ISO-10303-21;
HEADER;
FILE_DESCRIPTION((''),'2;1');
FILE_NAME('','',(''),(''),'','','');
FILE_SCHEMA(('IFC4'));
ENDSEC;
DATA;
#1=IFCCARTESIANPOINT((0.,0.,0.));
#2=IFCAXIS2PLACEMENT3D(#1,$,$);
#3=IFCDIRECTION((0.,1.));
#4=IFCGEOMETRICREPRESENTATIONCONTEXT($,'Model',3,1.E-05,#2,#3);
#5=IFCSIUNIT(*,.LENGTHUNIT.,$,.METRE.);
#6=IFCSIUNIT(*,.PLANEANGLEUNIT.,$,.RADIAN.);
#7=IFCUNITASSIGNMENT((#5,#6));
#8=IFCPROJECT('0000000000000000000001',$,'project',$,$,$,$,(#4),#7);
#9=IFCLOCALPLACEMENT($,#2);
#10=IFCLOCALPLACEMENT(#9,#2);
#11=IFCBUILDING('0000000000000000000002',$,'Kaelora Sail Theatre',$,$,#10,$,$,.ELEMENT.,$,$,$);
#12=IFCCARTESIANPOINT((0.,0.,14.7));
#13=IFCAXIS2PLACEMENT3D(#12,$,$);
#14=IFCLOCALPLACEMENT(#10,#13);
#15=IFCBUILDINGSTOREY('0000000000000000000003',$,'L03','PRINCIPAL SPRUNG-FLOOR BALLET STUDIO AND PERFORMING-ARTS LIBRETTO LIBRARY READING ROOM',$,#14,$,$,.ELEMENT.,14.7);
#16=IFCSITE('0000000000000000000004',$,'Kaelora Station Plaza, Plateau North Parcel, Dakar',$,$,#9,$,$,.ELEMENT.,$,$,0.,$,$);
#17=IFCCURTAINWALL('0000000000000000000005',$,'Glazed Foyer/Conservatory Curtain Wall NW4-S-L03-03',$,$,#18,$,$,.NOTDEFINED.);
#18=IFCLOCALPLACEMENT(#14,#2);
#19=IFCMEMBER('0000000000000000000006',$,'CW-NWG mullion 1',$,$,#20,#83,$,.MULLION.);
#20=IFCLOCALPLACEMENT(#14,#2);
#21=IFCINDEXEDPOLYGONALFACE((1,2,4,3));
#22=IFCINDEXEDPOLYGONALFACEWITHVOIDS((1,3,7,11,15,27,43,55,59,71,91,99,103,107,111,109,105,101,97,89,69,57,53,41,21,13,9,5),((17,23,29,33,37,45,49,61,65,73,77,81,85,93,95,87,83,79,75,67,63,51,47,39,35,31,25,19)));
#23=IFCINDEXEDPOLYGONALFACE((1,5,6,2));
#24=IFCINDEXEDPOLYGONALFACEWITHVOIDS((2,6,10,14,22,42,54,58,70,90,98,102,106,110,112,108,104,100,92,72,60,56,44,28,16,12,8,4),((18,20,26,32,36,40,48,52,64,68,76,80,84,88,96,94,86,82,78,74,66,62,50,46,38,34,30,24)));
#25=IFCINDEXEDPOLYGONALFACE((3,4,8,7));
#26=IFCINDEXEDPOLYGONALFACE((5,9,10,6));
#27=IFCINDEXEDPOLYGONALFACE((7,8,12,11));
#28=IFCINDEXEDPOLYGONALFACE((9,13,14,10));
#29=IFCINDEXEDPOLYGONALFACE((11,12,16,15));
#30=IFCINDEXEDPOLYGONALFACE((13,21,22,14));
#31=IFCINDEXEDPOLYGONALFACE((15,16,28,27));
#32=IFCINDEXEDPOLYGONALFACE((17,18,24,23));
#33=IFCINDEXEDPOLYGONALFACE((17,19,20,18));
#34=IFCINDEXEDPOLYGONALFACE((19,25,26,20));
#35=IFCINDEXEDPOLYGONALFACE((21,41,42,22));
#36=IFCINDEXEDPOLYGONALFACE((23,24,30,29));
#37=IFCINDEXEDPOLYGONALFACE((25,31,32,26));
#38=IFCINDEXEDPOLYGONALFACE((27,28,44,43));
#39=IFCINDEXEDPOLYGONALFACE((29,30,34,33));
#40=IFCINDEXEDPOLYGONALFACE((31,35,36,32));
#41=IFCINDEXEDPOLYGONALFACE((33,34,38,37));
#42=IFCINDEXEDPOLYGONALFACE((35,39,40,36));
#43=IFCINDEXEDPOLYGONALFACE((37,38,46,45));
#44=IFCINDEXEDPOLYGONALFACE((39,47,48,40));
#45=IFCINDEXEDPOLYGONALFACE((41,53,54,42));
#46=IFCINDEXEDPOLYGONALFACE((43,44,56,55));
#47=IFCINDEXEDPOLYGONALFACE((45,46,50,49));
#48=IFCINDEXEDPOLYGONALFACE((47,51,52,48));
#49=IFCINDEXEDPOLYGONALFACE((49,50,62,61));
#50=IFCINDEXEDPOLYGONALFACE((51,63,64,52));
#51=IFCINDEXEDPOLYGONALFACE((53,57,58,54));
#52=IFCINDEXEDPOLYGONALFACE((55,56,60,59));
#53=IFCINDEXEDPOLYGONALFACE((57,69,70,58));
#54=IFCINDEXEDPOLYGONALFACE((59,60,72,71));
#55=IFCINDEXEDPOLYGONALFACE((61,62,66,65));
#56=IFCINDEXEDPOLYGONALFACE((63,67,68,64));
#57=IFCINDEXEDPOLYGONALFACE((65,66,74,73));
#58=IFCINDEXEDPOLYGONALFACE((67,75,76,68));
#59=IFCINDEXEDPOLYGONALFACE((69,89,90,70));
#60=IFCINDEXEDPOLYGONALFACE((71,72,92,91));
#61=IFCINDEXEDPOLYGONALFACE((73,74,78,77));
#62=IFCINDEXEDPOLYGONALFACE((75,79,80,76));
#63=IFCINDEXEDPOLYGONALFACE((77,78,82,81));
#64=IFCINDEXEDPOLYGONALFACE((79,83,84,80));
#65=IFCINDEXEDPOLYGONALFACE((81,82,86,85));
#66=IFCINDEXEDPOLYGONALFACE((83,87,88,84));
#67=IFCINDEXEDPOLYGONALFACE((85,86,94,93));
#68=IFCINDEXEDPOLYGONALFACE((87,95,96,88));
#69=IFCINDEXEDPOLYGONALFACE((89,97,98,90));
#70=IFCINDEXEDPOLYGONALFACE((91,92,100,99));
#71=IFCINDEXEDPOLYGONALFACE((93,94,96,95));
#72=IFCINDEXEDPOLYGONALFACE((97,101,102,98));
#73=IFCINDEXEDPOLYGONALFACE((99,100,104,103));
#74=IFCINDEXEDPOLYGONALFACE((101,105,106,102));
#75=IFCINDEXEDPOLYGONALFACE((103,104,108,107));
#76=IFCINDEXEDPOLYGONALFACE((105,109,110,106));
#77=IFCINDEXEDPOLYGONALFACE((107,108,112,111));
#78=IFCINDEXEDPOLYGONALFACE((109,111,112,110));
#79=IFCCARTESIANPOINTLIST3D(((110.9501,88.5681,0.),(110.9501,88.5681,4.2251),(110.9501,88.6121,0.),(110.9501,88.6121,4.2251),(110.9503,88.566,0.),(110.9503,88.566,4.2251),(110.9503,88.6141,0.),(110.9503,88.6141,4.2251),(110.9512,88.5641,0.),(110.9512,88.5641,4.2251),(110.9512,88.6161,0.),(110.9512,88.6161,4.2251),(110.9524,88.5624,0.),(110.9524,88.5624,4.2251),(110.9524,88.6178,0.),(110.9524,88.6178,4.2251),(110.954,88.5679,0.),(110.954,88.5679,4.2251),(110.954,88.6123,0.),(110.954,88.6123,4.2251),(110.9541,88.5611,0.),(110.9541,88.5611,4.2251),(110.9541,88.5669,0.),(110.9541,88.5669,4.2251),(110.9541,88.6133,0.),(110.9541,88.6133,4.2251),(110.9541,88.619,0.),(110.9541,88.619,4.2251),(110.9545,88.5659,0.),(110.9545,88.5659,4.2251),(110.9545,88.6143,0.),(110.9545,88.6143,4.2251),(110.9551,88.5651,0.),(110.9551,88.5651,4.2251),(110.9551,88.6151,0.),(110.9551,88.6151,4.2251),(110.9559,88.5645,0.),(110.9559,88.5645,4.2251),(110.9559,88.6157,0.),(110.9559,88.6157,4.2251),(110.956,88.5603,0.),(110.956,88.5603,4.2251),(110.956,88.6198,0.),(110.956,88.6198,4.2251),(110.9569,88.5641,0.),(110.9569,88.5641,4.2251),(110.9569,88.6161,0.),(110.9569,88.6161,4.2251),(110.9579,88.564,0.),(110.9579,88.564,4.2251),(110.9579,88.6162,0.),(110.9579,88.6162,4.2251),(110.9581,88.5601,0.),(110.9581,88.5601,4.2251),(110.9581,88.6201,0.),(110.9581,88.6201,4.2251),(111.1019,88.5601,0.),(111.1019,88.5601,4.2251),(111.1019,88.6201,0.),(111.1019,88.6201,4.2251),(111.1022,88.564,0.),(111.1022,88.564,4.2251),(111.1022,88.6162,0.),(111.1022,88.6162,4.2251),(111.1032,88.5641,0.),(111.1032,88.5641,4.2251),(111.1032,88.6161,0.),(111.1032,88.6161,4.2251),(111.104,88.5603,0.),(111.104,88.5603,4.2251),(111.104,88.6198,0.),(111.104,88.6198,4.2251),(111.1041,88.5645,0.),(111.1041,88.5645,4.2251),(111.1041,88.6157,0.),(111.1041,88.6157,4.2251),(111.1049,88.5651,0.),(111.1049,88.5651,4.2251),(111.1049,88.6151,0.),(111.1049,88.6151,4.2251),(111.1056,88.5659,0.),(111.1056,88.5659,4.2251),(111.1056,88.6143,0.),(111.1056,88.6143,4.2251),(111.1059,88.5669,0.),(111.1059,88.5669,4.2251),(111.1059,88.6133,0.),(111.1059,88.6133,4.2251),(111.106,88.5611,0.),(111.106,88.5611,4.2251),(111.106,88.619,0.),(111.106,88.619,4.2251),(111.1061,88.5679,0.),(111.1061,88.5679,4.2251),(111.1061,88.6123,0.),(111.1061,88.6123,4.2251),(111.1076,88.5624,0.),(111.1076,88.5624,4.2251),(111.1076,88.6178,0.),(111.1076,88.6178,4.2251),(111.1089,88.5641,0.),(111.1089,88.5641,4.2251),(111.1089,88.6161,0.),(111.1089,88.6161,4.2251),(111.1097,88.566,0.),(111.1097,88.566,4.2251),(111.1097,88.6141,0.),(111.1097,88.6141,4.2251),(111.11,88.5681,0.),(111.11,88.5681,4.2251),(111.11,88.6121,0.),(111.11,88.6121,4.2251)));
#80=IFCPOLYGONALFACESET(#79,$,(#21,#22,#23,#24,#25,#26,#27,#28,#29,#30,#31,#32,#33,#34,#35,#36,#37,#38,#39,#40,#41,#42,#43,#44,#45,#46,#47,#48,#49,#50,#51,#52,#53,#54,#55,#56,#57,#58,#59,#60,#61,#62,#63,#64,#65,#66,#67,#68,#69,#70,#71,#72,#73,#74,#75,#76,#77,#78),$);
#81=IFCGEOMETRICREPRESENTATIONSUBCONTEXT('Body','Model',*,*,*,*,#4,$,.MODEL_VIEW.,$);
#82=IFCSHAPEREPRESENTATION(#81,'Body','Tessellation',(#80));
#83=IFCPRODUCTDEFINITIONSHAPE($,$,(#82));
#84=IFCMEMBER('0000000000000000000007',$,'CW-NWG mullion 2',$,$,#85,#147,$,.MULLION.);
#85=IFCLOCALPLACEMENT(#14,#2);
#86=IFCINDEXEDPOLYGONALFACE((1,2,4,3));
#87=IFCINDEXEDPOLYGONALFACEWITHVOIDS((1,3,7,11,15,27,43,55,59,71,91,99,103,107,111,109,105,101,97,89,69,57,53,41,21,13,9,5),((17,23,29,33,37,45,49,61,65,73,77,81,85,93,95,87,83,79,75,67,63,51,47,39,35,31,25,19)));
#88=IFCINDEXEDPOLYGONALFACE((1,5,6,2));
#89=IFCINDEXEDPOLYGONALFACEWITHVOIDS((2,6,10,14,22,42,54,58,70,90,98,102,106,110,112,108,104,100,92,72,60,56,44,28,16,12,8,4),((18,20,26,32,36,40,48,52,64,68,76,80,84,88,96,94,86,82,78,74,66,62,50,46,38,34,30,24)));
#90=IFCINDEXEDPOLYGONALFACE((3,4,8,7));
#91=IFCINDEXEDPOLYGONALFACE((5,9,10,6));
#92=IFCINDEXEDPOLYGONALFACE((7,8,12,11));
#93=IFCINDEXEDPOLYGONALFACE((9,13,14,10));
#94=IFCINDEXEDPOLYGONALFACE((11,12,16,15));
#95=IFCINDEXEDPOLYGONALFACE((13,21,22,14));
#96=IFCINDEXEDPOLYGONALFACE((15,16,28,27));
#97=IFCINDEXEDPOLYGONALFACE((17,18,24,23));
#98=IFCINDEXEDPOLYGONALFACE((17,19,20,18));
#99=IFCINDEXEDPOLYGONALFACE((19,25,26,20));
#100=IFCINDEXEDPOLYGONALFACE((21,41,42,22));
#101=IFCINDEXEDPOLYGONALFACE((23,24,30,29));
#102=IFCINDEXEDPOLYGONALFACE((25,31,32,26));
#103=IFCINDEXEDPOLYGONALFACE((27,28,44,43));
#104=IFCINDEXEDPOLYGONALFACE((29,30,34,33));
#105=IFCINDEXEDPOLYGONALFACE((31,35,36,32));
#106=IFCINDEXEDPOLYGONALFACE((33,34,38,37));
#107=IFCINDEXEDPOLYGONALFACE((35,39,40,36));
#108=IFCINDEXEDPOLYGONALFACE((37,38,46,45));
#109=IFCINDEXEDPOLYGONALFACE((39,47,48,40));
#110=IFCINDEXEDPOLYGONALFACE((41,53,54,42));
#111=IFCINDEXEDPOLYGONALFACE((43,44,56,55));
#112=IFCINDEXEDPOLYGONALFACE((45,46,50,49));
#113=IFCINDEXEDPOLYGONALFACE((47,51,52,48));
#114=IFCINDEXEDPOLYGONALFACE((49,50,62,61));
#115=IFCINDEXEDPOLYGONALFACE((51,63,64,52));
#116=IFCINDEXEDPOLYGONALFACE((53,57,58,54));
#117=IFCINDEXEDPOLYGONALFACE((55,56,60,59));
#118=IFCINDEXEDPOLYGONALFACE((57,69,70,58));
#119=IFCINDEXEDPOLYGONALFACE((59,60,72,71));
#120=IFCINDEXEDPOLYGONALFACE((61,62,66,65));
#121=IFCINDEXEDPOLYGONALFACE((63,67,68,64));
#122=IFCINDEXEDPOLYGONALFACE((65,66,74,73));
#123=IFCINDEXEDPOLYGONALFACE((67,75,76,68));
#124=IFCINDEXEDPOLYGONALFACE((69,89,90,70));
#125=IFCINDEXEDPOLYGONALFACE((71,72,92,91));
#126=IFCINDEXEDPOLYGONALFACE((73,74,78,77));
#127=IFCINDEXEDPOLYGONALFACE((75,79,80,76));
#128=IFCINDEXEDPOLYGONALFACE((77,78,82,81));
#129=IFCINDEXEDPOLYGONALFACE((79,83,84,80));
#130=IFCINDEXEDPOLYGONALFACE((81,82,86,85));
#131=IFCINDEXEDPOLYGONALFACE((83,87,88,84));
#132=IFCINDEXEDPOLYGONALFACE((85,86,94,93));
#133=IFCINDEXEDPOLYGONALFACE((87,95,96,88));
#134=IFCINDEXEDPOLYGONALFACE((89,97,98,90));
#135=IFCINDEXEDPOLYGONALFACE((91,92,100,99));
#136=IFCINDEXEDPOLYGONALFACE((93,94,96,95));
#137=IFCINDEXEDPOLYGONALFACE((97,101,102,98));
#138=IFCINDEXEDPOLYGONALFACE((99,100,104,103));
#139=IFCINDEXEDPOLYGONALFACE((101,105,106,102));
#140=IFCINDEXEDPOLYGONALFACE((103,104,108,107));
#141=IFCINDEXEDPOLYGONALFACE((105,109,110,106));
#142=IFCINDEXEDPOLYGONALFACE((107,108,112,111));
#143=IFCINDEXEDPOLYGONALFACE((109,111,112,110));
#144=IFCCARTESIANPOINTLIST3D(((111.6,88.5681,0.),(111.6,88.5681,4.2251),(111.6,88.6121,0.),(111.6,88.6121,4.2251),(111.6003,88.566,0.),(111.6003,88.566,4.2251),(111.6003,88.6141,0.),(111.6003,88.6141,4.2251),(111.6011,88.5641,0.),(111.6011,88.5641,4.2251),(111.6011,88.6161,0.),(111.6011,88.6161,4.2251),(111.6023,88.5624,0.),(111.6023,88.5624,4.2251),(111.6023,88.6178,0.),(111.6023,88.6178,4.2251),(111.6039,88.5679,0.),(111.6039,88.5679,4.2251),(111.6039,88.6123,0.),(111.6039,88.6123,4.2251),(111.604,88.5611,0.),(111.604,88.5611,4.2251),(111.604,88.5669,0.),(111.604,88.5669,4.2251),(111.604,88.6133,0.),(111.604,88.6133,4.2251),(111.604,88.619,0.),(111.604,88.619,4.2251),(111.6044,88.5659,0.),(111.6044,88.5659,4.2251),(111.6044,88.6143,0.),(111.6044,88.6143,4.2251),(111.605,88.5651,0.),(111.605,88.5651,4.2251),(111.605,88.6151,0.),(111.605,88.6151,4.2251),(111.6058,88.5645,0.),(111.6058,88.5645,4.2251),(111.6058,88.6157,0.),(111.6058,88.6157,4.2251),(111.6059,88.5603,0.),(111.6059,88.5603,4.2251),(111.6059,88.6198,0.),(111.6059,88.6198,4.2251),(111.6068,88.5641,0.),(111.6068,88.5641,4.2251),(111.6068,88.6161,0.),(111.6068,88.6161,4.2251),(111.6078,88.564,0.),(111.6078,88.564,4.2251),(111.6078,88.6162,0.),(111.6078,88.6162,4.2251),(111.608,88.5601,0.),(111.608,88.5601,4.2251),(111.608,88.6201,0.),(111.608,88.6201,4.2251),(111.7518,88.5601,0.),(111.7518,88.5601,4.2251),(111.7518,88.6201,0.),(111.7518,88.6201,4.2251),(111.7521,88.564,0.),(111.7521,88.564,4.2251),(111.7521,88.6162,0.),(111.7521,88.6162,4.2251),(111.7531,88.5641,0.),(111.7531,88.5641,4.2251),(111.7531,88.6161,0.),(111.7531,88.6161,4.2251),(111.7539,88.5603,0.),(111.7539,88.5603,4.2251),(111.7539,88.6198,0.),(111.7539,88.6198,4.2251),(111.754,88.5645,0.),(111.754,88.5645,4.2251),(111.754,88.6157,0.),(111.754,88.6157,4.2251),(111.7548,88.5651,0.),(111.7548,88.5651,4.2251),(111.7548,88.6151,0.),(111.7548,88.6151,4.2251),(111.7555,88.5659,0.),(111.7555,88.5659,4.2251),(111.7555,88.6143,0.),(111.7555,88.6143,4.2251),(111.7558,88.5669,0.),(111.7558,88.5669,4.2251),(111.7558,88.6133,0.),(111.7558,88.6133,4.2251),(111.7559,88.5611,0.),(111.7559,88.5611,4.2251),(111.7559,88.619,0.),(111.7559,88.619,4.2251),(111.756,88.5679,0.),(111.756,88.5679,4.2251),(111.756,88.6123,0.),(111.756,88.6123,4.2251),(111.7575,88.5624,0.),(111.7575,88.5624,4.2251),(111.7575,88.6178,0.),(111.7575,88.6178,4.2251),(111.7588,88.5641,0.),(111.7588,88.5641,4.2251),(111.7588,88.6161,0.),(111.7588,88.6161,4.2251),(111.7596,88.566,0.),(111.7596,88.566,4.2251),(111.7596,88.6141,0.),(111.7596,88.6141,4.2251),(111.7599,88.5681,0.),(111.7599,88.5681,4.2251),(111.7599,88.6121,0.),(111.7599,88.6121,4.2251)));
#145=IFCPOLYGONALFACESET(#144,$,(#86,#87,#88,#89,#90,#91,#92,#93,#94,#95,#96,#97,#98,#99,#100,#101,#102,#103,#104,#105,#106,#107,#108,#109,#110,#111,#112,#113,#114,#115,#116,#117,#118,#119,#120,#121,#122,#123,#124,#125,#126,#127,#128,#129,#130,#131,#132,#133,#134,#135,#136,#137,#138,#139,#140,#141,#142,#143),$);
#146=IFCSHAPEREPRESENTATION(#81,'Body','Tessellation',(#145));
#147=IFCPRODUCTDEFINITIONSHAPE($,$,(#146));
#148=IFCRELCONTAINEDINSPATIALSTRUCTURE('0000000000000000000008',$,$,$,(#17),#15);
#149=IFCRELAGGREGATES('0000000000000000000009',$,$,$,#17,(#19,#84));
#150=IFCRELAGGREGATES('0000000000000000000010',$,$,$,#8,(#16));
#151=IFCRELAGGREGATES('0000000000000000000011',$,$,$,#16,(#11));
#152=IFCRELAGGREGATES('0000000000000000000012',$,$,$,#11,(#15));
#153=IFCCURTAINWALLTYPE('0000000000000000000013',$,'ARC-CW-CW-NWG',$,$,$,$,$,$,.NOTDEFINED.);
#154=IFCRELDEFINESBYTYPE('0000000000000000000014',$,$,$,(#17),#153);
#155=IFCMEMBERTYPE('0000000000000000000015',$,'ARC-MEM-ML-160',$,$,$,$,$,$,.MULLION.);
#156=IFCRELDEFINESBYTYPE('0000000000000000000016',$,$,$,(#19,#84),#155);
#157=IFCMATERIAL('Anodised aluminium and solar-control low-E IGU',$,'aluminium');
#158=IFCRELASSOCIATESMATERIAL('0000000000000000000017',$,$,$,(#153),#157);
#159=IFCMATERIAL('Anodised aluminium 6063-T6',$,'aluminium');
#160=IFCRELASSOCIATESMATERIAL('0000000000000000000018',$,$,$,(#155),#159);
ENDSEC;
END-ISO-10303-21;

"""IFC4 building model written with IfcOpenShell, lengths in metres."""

from ifc_helpers import new_model, si_unit, direction, frame, origin, origin_2d, place, context, subcontext, project, spatial, hollow_rectangle, extrude, material, material_profile, profile_set, type_object, element, aggregate, save


model = new_model("IFC4")

# Units and contexts
model_context = context("Model", 3, precision=1e-05, world=origin(), true_north=direction((0.0, 1.0)))
body_context = subcontext(model_context, "Body", "Model", "MODEL_VIEW")
ifc_project = project(units=[si_unit("LENGTHUNIT", "METRE"), si_unit("PLANEANGLEUNIT", "RADIAN")], contexts=[model_context])

# Site, building, storey
site_placement = place(None, origin())
site = spatial("IfcSite", under=ifc_project, at=site_placement, Name="Kaelora Station Plaza, Plateau North Parcel, Dakar", CompositionType="ELEMENT", RefElevation=0.0)
building_placement = place(site_placement, origin())
building = spatial("IfcBuilding", under=site, at=building_placement, Name="Kaelora Sail Theatre", CompositionType="ELEMENT")
storey_placement = place(building_placement, frame((0.0, 0.0, 14.7)))
storey = spatial("IfcBuildingStorey", under=building, at=storey_placement, Name="L03", Description="PRINCIPAL SPRUNG-FLOOR BALLET STUDIO AND PERFORMING-ARTS LIBRETTO LIBRARY READING ROOM", CompositionType="ELEMENT", Elevation=14.7)

# Curtain wall, members
ifc_material_1 = material(Name="Anodised aluminium and solar-control low-E IGU", Category="aluminium")
curtain_wall_type = type_object("IfcCurtainWallType", Name="ARC-CW-CW-NWG", PredefinedType="NOTDEFINED", material=ifc_material_1)
ifc_material_2 = material(Name="Anodised aluminium 6063-T6", Category="aluminium")
ifc_material_profile_1 = material_profile(ifc_material_2, hollow_rectangle(XDim=0.0601, YDim=0.1599, WallThickness=0.0039, InnerFilletRadius=0.0039, OuterFilletRadius=0.0081, at=origin_2d()), Name="ALU-MULL 60x160x4")
ifc_profile_set_1 = profile_set([ifc_material_profile_1], Name="Anodised aluminium 6063-T6")
member_type_1 = type_object("IfcMemberType", Name="ARC-MEM-ML-160", PredefinedType="MULLION", material=ifc_profile_set_1)
curtain_wall_1_placement = place(storey_placement, origin())
curtain_wall_1 = element("IfcCurtainWall", 1, at=curtain_wall_1_placement, inside=storey, type_object=curtain_wall_type, Name="Glazed Foyer/Conservatory Curtain Wall NW4-S-L03-03", PredefinedType="NOTDEFINED")
member_1_placement = place(storey_placement, frame((111.03, 88.5901, 0.0), z_axis=(0.0, 0.0, 1.0), x_axis=(0.0, 1.0, 0.0)))
member_1 = element("IfcMember", 2, at=member_1_placement, type_object=member_type_1, Name="CW-NWG mullion 1", PredefinedType="MULLION", context=body_context, shape_type="SweptSolid", body=[
    extrude(hollow_rectangle(XDim=0.0601, YDim=0.1599, WallThickness=0.0039, InnerFilletRadius=0.0039, OuterFilletRadius=0.0081, at=origin_2d()), origin(), (0.0, 0.0, 1.0), 4.2251),
])
member_2_placement = place(storey_placement, frame((111.6799, 88.5901, 0.0), z_axis=(0.0, 0.0, 1.0), x_axis=(0.0, 1.0, 0.0)))
member_2 = element("IfcMember", 3, at=member_2_placement, type_object=member_type_1, Name="CW-NWG mullion 2", PredefinedType="MULLION", context=body_context, shape_type="SweptSolid", body=[
    extrude(hollow_rectangle(XDim=0.0601, YDim=0.1599, WallThickness=0.0039, InnerFilletRadius=0.0039, OuterFilletRadius=0.0081, at=origin_2d()), origin(), (0.0, 0.0, 1.0), 4.2251),
])

aggregate(curtain_wall_1, [member_1, member_2])

save(model, "model.ifc")
